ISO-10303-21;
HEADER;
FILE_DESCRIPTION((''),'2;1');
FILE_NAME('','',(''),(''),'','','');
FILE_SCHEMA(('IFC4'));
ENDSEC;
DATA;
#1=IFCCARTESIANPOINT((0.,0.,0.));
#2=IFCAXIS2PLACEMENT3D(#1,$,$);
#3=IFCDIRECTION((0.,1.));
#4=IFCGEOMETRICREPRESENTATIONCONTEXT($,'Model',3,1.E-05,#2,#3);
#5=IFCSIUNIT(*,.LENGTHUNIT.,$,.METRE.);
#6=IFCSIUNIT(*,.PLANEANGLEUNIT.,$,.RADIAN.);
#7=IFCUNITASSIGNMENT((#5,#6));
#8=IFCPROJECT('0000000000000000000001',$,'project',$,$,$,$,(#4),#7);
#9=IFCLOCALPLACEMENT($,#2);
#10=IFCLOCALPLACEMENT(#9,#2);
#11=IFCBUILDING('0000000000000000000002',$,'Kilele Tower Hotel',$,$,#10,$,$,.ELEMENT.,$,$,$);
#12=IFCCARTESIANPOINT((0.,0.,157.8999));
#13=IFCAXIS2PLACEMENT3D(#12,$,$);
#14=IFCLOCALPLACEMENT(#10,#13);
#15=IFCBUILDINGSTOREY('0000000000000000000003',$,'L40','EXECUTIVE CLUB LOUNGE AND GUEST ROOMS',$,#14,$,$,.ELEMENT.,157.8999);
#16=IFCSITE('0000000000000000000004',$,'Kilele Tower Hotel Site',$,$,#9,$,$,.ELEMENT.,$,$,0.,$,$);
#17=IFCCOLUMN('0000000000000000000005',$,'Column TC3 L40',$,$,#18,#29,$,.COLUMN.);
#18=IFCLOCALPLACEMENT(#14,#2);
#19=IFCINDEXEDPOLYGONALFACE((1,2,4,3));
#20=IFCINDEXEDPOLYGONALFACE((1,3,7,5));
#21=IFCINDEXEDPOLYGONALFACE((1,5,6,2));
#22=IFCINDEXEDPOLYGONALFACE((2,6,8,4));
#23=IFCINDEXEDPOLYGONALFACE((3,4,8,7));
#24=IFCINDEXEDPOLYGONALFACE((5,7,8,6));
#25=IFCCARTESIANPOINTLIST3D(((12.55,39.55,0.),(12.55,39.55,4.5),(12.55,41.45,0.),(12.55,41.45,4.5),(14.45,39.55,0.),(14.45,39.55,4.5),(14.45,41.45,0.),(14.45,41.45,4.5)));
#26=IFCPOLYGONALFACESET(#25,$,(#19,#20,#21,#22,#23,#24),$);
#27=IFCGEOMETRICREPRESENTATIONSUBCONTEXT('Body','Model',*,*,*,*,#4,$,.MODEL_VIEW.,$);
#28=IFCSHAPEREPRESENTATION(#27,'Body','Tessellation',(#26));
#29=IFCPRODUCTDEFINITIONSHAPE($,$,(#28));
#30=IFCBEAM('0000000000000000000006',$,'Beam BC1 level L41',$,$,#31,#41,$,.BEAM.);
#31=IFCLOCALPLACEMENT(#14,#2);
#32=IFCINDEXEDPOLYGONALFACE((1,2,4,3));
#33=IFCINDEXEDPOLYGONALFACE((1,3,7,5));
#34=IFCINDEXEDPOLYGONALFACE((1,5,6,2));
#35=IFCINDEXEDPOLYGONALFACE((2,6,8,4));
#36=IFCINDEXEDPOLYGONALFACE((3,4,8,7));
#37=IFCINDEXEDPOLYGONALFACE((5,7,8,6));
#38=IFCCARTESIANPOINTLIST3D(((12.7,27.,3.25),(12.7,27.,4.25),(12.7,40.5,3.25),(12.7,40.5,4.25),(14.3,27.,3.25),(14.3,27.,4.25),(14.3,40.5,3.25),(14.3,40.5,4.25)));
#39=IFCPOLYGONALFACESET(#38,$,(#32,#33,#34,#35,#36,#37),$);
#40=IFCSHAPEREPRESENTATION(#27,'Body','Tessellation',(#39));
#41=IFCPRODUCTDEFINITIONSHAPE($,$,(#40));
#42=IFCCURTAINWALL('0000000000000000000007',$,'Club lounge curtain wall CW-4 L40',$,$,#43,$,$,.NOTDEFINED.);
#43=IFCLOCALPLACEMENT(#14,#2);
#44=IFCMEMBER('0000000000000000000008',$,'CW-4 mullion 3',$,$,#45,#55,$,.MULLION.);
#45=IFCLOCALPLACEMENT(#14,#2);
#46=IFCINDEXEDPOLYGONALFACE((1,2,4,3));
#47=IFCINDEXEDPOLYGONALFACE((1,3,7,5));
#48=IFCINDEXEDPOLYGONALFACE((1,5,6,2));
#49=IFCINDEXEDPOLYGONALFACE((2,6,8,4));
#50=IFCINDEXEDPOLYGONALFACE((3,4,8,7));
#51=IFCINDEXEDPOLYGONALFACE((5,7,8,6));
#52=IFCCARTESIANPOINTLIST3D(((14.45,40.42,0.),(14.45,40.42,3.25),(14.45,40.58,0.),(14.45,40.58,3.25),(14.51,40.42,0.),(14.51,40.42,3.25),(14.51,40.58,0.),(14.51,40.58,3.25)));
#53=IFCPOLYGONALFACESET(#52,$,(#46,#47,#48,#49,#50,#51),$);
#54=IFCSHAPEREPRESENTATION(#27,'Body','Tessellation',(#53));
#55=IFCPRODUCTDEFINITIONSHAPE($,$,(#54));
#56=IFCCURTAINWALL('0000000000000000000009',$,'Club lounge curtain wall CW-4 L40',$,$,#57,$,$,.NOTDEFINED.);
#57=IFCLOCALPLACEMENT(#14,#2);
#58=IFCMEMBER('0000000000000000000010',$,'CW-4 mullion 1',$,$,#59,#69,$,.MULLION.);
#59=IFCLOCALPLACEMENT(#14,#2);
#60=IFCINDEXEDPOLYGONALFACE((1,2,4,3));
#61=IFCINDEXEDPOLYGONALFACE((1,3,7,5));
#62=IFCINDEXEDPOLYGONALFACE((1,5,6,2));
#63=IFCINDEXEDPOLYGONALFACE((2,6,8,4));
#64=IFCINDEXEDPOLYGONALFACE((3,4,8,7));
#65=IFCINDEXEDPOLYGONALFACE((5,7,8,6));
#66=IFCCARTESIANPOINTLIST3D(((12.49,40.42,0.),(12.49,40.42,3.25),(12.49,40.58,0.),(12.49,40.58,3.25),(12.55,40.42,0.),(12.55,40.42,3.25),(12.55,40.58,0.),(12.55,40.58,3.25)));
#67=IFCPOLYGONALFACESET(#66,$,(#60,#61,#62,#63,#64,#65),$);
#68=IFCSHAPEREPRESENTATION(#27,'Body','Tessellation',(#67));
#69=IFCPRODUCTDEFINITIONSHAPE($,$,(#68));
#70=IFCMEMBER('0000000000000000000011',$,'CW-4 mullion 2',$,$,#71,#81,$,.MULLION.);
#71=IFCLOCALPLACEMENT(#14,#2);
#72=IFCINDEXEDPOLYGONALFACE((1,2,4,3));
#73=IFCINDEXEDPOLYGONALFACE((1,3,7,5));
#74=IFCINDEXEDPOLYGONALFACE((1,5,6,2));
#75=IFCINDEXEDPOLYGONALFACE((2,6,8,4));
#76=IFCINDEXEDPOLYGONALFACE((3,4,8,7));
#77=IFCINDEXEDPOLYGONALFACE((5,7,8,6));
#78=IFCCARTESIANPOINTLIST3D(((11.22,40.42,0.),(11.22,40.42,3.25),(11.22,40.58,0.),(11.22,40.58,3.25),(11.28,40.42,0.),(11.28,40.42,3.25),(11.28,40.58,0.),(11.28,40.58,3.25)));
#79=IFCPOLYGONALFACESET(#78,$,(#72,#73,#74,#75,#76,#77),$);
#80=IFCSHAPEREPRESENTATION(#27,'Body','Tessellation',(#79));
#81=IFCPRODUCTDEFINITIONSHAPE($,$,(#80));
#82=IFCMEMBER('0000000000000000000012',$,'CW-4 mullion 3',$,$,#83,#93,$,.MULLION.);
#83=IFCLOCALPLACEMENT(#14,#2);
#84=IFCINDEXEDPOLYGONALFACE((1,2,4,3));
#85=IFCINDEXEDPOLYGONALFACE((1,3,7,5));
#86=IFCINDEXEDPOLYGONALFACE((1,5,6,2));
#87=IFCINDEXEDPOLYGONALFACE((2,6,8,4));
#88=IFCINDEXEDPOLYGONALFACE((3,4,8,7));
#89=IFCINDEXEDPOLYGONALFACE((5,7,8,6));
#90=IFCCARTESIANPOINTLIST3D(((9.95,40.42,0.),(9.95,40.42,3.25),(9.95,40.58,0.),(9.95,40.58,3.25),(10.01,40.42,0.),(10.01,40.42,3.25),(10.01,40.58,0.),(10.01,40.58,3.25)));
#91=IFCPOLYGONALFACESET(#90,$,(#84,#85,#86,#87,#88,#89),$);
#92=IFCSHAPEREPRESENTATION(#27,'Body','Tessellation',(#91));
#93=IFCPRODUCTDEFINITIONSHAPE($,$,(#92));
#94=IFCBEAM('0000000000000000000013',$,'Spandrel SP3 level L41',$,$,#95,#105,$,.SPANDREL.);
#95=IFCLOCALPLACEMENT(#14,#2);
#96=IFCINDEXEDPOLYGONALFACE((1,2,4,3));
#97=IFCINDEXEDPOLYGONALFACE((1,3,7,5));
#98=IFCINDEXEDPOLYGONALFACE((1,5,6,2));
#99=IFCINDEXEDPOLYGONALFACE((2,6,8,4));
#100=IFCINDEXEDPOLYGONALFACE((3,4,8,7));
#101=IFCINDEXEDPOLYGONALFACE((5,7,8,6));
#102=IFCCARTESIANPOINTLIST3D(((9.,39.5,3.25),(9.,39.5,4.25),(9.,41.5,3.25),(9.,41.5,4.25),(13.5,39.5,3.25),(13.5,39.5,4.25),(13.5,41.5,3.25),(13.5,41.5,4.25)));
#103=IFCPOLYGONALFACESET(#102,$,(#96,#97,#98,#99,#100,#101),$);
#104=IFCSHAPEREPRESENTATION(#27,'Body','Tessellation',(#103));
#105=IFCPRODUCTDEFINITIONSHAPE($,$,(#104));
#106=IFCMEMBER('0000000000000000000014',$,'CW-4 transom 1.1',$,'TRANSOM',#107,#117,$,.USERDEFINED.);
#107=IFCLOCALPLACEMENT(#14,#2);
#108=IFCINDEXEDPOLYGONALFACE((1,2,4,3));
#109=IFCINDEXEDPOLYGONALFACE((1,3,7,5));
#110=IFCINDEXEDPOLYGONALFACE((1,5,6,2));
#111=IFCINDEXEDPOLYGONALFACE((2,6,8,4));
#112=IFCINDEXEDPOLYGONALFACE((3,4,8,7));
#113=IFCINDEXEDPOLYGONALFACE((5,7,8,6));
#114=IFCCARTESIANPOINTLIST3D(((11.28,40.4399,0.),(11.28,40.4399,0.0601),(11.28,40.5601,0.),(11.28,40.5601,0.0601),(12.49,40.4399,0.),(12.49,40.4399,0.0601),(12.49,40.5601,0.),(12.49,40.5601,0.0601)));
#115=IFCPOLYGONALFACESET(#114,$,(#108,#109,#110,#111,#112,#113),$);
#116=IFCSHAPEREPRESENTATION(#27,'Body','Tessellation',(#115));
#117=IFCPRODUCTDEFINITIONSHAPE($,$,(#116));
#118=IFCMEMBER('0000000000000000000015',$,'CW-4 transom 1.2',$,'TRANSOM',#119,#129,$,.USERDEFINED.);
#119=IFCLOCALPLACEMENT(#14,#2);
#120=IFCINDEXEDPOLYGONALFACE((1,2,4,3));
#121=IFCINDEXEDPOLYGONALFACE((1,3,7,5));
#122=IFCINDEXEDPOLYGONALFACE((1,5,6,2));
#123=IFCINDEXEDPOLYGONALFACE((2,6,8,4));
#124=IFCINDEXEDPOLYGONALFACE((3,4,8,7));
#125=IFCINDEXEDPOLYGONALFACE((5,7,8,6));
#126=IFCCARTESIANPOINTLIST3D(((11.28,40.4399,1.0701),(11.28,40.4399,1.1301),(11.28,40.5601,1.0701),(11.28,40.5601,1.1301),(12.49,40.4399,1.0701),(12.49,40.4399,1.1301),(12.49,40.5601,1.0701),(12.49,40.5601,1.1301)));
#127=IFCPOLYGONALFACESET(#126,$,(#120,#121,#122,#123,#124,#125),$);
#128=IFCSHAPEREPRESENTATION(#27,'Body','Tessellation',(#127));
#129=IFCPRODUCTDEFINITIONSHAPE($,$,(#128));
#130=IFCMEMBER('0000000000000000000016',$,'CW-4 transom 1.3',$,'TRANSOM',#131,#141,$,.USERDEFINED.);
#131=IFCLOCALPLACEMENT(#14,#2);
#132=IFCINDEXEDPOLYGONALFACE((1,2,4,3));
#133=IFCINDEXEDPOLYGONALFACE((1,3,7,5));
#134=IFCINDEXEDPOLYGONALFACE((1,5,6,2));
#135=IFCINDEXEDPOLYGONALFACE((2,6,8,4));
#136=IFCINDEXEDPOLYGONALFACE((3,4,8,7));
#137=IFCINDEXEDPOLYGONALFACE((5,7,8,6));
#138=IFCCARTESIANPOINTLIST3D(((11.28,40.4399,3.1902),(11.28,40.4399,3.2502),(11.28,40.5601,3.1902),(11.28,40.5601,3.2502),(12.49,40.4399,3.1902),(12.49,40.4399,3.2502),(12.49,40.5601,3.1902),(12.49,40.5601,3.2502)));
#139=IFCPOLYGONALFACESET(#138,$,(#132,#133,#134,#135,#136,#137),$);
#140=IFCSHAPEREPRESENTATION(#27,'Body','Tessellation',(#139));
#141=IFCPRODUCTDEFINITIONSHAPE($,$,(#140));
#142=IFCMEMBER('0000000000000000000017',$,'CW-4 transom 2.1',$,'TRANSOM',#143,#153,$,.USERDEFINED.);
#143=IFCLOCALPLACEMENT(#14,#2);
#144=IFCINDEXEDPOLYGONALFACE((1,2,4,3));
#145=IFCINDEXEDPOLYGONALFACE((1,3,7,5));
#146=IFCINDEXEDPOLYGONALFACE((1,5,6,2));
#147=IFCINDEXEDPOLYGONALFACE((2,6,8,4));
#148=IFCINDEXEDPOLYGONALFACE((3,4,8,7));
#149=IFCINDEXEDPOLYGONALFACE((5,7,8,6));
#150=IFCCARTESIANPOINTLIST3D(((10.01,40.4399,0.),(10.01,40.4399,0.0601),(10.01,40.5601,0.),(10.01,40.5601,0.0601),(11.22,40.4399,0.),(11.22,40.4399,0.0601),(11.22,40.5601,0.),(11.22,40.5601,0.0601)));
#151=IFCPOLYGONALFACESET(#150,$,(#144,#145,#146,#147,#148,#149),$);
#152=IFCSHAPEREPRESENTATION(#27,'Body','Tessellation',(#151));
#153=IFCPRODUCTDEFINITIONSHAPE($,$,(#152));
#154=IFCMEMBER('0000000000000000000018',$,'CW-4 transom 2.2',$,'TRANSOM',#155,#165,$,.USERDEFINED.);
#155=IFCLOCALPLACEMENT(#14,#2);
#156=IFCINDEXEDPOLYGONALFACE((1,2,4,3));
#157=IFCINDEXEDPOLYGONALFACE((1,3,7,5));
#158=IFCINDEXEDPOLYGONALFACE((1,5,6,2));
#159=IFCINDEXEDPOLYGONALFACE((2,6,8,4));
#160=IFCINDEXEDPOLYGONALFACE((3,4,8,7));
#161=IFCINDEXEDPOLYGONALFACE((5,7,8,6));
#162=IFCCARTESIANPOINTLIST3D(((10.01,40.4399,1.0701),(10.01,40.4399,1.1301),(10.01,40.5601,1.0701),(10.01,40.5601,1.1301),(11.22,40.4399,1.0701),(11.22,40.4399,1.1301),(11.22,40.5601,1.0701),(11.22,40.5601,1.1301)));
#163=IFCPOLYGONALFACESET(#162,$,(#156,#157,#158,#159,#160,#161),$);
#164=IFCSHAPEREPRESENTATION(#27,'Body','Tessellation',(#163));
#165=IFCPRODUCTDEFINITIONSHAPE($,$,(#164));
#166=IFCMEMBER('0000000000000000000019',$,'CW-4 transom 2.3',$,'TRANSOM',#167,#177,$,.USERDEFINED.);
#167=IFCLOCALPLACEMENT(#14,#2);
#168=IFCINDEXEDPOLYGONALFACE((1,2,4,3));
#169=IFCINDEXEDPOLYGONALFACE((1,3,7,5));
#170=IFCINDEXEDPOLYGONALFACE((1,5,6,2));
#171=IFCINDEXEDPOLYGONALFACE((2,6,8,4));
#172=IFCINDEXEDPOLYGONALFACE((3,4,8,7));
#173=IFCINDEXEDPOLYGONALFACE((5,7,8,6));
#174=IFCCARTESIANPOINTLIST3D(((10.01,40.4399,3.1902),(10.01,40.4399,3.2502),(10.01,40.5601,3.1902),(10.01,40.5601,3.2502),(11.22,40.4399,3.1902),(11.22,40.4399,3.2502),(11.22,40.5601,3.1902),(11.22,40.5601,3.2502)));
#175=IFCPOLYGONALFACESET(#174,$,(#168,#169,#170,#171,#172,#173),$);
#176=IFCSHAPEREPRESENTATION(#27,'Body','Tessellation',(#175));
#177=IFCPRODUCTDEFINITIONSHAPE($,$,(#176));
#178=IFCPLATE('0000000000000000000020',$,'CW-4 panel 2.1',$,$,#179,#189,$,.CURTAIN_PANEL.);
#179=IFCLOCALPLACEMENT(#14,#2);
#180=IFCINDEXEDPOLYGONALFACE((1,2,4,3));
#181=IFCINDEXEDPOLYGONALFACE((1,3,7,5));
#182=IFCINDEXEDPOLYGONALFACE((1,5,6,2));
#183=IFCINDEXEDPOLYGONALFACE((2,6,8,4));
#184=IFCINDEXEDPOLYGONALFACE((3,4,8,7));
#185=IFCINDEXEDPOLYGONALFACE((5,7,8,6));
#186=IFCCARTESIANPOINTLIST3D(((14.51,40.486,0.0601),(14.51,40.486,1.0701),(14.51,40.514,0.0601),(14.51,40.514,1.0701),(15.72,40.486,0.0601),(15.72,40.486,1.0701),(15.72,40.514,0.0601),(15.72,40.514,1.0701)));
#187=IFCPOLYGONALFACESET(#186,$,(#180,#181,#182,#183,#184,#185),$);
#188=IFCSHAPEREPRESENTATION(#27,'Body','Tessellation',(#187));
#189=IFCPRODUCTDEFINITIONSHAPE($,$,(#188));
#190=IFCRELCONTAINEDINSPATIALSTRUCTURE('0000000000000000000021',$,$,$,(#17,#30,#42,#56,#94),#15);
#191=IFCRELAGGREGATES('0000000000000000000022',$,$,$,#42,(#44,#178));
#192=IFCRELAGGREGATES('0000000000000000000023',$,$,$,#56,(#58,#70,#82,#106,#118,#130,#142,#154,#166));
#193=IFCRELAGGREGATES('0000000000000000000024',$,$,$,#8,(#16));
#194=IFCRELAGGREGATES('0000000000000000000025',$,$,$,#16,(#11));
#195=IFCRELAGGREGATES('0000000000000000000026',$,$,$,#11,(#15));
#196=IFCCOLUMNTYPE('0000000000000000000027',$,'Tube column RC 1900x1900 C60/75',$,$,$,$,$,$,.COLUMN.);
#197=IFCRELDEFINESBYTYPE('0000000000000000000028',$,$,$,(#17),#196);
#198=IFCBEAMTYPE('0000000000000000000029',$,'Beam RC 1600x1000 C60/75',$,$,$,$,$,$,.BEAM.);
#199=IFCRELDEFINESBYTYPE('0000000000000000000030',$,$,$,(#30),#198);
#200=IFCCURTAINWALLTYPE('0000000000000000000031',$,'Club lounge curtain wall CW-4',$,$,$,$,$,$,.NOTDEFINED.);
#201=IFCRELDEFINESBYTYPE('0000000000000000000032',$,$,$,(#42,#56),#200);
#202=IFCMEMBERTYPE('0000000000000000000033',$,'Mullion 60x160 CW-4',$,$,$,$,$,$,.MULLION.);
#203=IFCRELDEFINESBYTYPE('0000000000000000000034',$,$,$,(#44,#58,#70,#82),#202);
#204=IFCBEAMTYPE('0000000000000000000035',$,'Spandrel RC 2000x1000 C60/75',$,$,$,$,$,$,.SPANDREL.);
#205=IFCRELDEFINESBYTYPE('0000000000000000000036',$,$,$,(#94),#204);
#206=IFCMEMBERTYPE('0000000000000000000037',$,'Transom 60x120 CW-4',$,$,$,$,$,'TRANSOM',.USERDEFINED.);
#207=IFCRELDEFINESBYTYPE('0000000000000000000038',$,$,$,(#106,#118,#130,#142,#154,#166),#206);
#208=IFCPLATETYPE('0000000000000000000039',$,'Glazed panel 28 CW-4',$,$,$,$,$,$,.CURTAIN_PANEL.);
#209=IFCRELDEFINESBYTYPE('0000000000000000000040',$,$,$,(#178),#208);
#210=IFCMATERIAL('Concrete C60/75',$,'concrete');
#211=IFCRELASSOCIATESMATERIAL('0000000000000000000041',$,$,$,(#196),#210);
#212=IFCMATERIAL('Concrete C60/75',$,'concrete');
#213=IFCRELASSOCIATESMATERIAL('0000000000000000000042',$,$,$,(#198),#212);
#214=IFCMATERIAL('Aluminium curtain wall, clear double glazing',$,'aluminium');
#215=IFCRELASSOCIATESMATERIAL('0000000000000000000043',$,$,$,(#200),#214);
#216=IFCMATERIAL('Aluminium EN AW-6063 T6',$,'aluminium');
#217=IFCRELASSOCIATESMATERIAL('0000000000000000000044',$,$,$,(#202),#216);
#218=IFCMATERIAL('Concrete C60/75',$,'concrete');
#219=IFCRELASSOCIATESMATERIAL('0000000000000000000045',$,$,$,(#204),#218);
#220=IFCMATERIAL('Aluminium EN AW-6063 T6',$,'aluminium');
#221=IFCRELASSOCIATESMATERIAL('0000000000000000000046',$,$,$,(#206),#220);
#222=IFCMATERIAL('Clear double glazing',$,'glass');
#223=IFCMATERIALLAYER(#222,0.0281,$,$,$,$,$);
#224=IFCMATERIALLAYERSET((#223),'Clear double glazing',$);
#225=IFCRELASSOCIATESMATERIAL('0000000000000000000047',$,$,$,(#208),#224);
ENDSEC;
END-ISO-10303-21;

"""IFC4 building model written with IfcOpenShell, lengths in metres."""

from ifc_helpers import new_model, si_unit, direction, frame, origin, origin_2d, place, context, subcontext, project, spatial, rectangle, extrude, material, layer, layer_set, material_profile, profile_set, type_object, element, aggregate, save


model = new_model("IFC4")

# Units and contexts
model_context = context("Model", 3, precision=1e-05, world=origin(), true_north=direction((0.0, 1.0)))
body_context = subcontext(model_context, "Body", "Model", "MODEL_VIEW")
ifc_project = project(units=[si_unit("LENGTHUNIT", "METRE"), si_unit("PLANEANGLEUNIT", "RADIAN")], contexts=[model_context])

# Site, building, storey
site_placement = place(None, origin())
site = spatial("IfcSite", under=ifc_project, at=site_placement, Name="Kilele Tower Hotel Site", CompositionType="ELEMENT", RefElevation=0.0)
building_placement = place(site_placement, origin())
building = spatial("IfcBuilding", under=site, at=building_placement, Name="Kilele Tower Hotel", CompositionType="ELEMENT")
storey_placement = place(building_placement, frame((0.0, 0.0, 157.8999)))
storey = spatial("IfcBuildingStorey", under=building, at=storey_placement, Name="L40", Description="EXECUTIVE CLUB LOUNGE AND GUEST ROOMS", CompositionType="ELEMENT", Elevation=157.8999)

# Column
ifc_material_1 = material(Name="Concrete C60/75", Category="concrete")
ifc_material_profile_1 = material_profile(ifc_material_1, rectangle(XDim=1.8999, YDim=1.8999, at=origin_2d()))
ifc_profile_set_1 = profile_set([ifc_material_profile_1], Name="Concrete C60/75")
column_type = type_object("IfcColumnType", Name="Tube column RC 1900x1900 C60/75", PredefinedType="COLUMN", material=ifc_profile_set_1)
column_placement = place(storey_placement, frame((13.5, 40.5, 0.0), z_axis=(0.0, 0.0, 1.0), x_axis=(1.0, 0.0, 0.0)))
element("IfcColumn", 1, at=column_placement, inside=storey, type_object=column_type, Name="Column TC3 L40", PredefinedType="COLUMN", context=body_context, shape_type="SweptSolid", body=[
    extrude(rectangle(XDim=1.8999, YDim=1.8999, at=origin_2d()), origin(), (0.0, 0.0, 1.0), 4.5),
])

# Beam
ifc_material_2 = material(Name="Concrete C60/75", Category="concrete")
ifc_material_profile_2 = material_profile(ifc_material_2, rectangle(XDim=1.6001, YDim=1.0, at=origin_2d()))
ifc_profile_set_2 = profile_set([ifc_material_profile_2], Name="Concrete C60/75")
beam_type_1 = type_object("IfcBeamType", Name="Beam RC 1600x1000 C60/75", PredefinedType="BEAM", material=ifc_profile_set_2)
beam_1_placement = place(storey_placement, frame((13.5, 40.5, 3.75), z_axis=(0.0, -1.0, 0.0), x_axis=(1.0, 0.0, 0.0)))
element("IfcBeam", 2, at=beam_1_placement, inside=storey, type_object=beam_type_1, Name="Beam BC1 level L41", PredefinedType="BEAM", context=body_context, shape_type="SweptSolid", body=[
    extrude(rectangle(XDim=1.6001, YDim=1.0, at=origin_2d()), origin(), (0.0, 0.0, 1.0), 13.5),
])

# Curtain wall, member
ifc_material_3 = material(Name="Aluminium curtain wall, clear double glazing", Category="aluminium")
curtain_wall_type = type_object("IfcCurtainWallType", Name="Club lounge curtain wall CW-4", PredefinedType="NOTDEFINED", material=ifc_material_3)
curtain_wall_1_placement = place(storey_placement, origin())
curtain_wall_1 = element("IfcCurtainWall", 3, at=curtain_wall_1_placement, inside=storey, type_object=curtain_wall_type, Name="Club lounge curtain wall CW-4 L40", PredefinedType="NOTDEFINED")
ifc_material_4 = material(Name="Aluminium EN AW-6063 T6", Category="aluminium")
ifc_material_profile_3 = material_profile(ifc_material_4, rectangle(XDim=0.1599, YDim=0.0601, at=origin_2d()))
ifc_profile_set_3 = profile_set([ifc_material_profile_3], Name="Aluminium EN AW-6063 T6")
member_type_1 = type_object("IfcMemberType", Name="Mullion 60x160 CW-4", PredefinedType="MULLION", material=ifc_profile_set_3)
member_1_placement = place(storey_placement, frame((14.48, 40.5, 0.0), z_axis=(0.0, 0.0, 1.0), x_axis=(0.0, -1.0, 0.0)))
member_1 = element("IfcMember", 4, at=member_1_placement, type_object=member_type_1, Name="CW-4 mullion 3", PredefinedType="MULLION", context=body_context, shape_type="SweptSolid", body=[
    extrude(rectangle(XDim=0.1599, YDim=0.0601, at=origin_2d()), origin(), (0.0, 0.0, 1.0), 3.25),
])

# Curtain wall, members
curtain_wall_2_placement = place(storey_placement, origin())
curtain_wall_2 = element("IfcCurtainWall", 5, at=curtain_wall_2_placement, inside=storey, type_object=curtain_wall_type, Name="Club lounge curtain wall CW-4 L40", PredefinedType="NOTDEFINED")
member_2_placement = place(storey_placement, frame((12.52, 40.5, 0.0), z_axis=(0.0, 0.0, 1.0), x_axis=(0.0, -1.0, 0.0)))
member_2 = element("IfcMember", 6, at=member_2_placement, type_object=member_type_1, Name="CW-4 mullion 1", PredefinedType="MULLION", context=body_context, shape_type="SweptSolid", body=[
    extrude(rectangle(XDim=0.1599, YDim=0.0601, at=origin_2d()), origin(), (0.0, 0.0, 1.0), 3.25),
])
member_3_placement = place(storey_placement, frame((11.25, 40.5, 0.0), z_axis=(0.0, 0.0, 1.0), x_axis=(0.0, -1.0, 0.0)))
member_3 = element("IfcMember", 7, at=member_3_placement, type_object=member_type_1, Name="CW-4 mullion 2", PredefinedType="MULLION", context=body_context, shape_type="SweptSolid", body=[
    extrude(rectangle(XDim=0.1599, YDim=0.0601, at=origin_2d()), origin(), (0.0, 0.0, 1.0), 3.25),
])
member_4_placement = place(storey_placement, frame((9.98, 40.5, 0.0), z_axis=(0.0, 0.0, 1.0), x_axis=(0.0, -1.0, 0.0)))
member_4 = element("IfcMember", 8, at=member_4_placement, type_object=member_type_1, Name="CW-4 mullion 3", PredefinedType="MULLION", context=body_context, shape_type="SweptSolid", body=[
    extrude(rectangle(XDim=0.1599, YDim=0.0601, at=origin_2d()), origin(), (0.0, 0.0, 1.0), 3.25),
])

# Beam
ifc_material_5 = material(Name="Concrete C60/75", Category="concrete")
ifc_material_profile_4 = material_profile(ifc_material_5, rectangle(XDim=2.0, YDim=1.0, at=origin_2d()))
ifc_profile_set_4 = profile_set([ifc_material_profile_4], Name="Concrete C60/75")
beam_type_2 = type_object("IfcBeamType", Name="Spandrel RC 2000x1000 C60/75", PredefinedType="SPANDREL", material=ifc_profile_set_4)
beam_2_placement = place(storey_placement, frame((13.5, 40.5, 3.75), z_axis=(-1.0, 0.0, 0.0), x_axis=(0.0, -1.0, 0.0)))
element("IfcBeam", 9, at=beam_2_placement, inside=storey, type_object=beam_type_2, Name="Spandrel SP3 level L41", PredefinedType="SPANDREL", context=body_context, shape_type="SweptSolid", body=[
    extrude(rectangle(XDim=2.0, YDim=1.0, at=origin_2d()), origin(), (0.0, 0.0, 1.0), 4.5),
])

# Members
ifc_material_6 = material(Name="Aluminium EN AW-6063 T6", Category="aluminium")
ifc_material_profile_5 = material_profile(ifc_material_6, rectangle(XDim=0.1201, YDim=0.0601, at=origin_2d()))
ifc_profile_set_5 = profile_set([ifc_material_profile_5], Name="Aluminium EN AW-6063 T6")
member_type_2 = type_object("IfcMemberType", Name="Transom 60x120 CW-4", ElementType="TRANSOM", PredefinedType="USERDEFINED", material=ifc_profile_set_5)
member_5_placement = place(storey_placement, frame((12.49, 40.5, 0.03), z_axis=(-1.0, 0.0, 0.0), x_axis=(0.0, -1.0, 0.0)))
member_5 = element("IfcMember", 10, at=member_5_placement, type_object=member_type_2, Name="CW-4 transom 1.1", ObjectType="TRANSOM", PredefinedType="USERDEFINED", context=body_context, shape_type="SweptSolid", body=[
    extrude(rectangle(XDim=0.1201, YDim=0.0601, at=origin_2d()), origin(), (0.0, 0.0, 1.0), 1.21),
])
member_6_placement = place(storey_placement, frame((12.49, 40.5, 1.1001), z_axis=(-1.0, 0.0, 0.0), x_axis=(0.0, -1.0, 0.0)))
member_6 = element("IfcMember", 11, at=member_6_placement, type_object=member_type_2, Name="CW-4 transom 1.2", ObjectType="TRANSOM", PredefinedType="USERDEFINED", context=body_context, shape_type="SweptSolid", body=[
    extrude(rectangle(XDim=0.1201, YDim=0.0601, at=origin_2d()), origin(), (0.0, 0.0, 1.0), 1.21),
])
member_7_placement = place(storey_placement, frame((12.49, 40.5, 3.2202), z_axis=(-1.0, 0.0, 0.0), x_axis=(0.0, -1.0, 0.0)))
member_7 = element("IfcMember", 12, at=member_7_placement, type_object=member_type_2, Name="CW-4 transom 1.3", ObjectType="TRANSOM", PredefinedType="USERDEFINED", context=body_context, shape_type="SweptSolid", body=[
    extrude(rectangle(XDim=0.1201, YDim=0.0601, at=origin_2d()), origin(), (0.0, 0.0, 1.0), 1.21),
])
member_8_placement = place(storey_placement, frame((11.22, 40.5, 0.03), z_axis=(-1.0, 0.0, 0.0), x_axis=(0.0, -1.0, 0.0)))
member_8 = element("IfcMember", 13, at=member_8_placement, type_object=member_type_2, Name="CW-4 transom 2.1", ObjectType="TRANSOM", PredefinedType="USERDEFINED", context=body_context, shape_type="SweptSolid", body=[
    extrude(rectangle(XDim=0.1201, YDim=0.0601, at=origin_2d()), origin(), (0.0, 0.0, 1.0), 1.21),
])
member_9_placement = place(storey_placement, frame((11.22, 40.5, 1.1001), z_axis=(-1.0, 0.0, 0.0), x_axis=(0.0, -1.0, 0.0)))
member_9 = element("IfcMember", 14, at=member_9_placement, type_object=member_type_2, Name="CW-4 transom 2.2", ObjectType="TRANSOM", PredefinedType="USERDEFINED", context=body_context, shape_type="SweptSolid", body=[
    extrude(rectangle(XDim=0.1201, YDim=0.0601, at=origin_2d()), origin(), (0.0, 0.0, 1.0), 1.21),
])
member_10_placement = place(storey_placement, frame((11.22, 40.5, 3.2202), z_axis=(-1.0, 0.0, 0.0), x_axis=(0.0, -1.0, 0.0)))
member_10 = element("IfcMember", 15, at=member_10_placement, type_object=member_type_2, Name="CW-4 transom 2.3", ObjectType="TRANSOM", PredefinedType="USERDEFINED", context=body_context, shape_type="SweptSolid", body=[
    extrude(rectangle(XDim=0.1201, YDim=0.0601, at=origin_2d()), origin(), (0.0, 0.0, 1.0), 1.21),
])

# Plate
ifc_material_7 = material(Name="Clear double glazing", Category="glass")
ifc_layer_1 = layer(ifc_material_7, 0.0281)
ifc_layer_set_1 = layer_set([ifc_layer_1], Name="Clear double glazing")
plate_type = type_object("IfcPlateType", Name="Glazed panel 28 CW-4", PredefinedType="CURTAIN_PANEL", material=ifc_layer_set_1)
plate_1_placement = place(storey_placement, frame((15.115, 40.5, 0.0601), z_axis=(0.0, 0.0, 1.0), x_axis=(-1.0, 0.0, 0.0)))
plate_1 = element("IfcPlate", 16, at=plate_1_placement, type_object=plate_type, Name="CW-4 panel 2.1", PredefinedType="CURTAIN_PANEL", context=body_context, shape_type="SweptSolid", body=[
    extrude(rectangle(XDim=1.21, YDim=0.0281, at=origin_2d()), origin(), (0.0, 0.0, 1.0), 1.01),
])
aggregate(curtain_wall_1, [member_1, plate_1])
aggregate(curtain_wall_2, [member_2, member_3, member_4, member_5, member_6, member_7, member_8, member_9, member_10])

save(model, "model.ifc")
